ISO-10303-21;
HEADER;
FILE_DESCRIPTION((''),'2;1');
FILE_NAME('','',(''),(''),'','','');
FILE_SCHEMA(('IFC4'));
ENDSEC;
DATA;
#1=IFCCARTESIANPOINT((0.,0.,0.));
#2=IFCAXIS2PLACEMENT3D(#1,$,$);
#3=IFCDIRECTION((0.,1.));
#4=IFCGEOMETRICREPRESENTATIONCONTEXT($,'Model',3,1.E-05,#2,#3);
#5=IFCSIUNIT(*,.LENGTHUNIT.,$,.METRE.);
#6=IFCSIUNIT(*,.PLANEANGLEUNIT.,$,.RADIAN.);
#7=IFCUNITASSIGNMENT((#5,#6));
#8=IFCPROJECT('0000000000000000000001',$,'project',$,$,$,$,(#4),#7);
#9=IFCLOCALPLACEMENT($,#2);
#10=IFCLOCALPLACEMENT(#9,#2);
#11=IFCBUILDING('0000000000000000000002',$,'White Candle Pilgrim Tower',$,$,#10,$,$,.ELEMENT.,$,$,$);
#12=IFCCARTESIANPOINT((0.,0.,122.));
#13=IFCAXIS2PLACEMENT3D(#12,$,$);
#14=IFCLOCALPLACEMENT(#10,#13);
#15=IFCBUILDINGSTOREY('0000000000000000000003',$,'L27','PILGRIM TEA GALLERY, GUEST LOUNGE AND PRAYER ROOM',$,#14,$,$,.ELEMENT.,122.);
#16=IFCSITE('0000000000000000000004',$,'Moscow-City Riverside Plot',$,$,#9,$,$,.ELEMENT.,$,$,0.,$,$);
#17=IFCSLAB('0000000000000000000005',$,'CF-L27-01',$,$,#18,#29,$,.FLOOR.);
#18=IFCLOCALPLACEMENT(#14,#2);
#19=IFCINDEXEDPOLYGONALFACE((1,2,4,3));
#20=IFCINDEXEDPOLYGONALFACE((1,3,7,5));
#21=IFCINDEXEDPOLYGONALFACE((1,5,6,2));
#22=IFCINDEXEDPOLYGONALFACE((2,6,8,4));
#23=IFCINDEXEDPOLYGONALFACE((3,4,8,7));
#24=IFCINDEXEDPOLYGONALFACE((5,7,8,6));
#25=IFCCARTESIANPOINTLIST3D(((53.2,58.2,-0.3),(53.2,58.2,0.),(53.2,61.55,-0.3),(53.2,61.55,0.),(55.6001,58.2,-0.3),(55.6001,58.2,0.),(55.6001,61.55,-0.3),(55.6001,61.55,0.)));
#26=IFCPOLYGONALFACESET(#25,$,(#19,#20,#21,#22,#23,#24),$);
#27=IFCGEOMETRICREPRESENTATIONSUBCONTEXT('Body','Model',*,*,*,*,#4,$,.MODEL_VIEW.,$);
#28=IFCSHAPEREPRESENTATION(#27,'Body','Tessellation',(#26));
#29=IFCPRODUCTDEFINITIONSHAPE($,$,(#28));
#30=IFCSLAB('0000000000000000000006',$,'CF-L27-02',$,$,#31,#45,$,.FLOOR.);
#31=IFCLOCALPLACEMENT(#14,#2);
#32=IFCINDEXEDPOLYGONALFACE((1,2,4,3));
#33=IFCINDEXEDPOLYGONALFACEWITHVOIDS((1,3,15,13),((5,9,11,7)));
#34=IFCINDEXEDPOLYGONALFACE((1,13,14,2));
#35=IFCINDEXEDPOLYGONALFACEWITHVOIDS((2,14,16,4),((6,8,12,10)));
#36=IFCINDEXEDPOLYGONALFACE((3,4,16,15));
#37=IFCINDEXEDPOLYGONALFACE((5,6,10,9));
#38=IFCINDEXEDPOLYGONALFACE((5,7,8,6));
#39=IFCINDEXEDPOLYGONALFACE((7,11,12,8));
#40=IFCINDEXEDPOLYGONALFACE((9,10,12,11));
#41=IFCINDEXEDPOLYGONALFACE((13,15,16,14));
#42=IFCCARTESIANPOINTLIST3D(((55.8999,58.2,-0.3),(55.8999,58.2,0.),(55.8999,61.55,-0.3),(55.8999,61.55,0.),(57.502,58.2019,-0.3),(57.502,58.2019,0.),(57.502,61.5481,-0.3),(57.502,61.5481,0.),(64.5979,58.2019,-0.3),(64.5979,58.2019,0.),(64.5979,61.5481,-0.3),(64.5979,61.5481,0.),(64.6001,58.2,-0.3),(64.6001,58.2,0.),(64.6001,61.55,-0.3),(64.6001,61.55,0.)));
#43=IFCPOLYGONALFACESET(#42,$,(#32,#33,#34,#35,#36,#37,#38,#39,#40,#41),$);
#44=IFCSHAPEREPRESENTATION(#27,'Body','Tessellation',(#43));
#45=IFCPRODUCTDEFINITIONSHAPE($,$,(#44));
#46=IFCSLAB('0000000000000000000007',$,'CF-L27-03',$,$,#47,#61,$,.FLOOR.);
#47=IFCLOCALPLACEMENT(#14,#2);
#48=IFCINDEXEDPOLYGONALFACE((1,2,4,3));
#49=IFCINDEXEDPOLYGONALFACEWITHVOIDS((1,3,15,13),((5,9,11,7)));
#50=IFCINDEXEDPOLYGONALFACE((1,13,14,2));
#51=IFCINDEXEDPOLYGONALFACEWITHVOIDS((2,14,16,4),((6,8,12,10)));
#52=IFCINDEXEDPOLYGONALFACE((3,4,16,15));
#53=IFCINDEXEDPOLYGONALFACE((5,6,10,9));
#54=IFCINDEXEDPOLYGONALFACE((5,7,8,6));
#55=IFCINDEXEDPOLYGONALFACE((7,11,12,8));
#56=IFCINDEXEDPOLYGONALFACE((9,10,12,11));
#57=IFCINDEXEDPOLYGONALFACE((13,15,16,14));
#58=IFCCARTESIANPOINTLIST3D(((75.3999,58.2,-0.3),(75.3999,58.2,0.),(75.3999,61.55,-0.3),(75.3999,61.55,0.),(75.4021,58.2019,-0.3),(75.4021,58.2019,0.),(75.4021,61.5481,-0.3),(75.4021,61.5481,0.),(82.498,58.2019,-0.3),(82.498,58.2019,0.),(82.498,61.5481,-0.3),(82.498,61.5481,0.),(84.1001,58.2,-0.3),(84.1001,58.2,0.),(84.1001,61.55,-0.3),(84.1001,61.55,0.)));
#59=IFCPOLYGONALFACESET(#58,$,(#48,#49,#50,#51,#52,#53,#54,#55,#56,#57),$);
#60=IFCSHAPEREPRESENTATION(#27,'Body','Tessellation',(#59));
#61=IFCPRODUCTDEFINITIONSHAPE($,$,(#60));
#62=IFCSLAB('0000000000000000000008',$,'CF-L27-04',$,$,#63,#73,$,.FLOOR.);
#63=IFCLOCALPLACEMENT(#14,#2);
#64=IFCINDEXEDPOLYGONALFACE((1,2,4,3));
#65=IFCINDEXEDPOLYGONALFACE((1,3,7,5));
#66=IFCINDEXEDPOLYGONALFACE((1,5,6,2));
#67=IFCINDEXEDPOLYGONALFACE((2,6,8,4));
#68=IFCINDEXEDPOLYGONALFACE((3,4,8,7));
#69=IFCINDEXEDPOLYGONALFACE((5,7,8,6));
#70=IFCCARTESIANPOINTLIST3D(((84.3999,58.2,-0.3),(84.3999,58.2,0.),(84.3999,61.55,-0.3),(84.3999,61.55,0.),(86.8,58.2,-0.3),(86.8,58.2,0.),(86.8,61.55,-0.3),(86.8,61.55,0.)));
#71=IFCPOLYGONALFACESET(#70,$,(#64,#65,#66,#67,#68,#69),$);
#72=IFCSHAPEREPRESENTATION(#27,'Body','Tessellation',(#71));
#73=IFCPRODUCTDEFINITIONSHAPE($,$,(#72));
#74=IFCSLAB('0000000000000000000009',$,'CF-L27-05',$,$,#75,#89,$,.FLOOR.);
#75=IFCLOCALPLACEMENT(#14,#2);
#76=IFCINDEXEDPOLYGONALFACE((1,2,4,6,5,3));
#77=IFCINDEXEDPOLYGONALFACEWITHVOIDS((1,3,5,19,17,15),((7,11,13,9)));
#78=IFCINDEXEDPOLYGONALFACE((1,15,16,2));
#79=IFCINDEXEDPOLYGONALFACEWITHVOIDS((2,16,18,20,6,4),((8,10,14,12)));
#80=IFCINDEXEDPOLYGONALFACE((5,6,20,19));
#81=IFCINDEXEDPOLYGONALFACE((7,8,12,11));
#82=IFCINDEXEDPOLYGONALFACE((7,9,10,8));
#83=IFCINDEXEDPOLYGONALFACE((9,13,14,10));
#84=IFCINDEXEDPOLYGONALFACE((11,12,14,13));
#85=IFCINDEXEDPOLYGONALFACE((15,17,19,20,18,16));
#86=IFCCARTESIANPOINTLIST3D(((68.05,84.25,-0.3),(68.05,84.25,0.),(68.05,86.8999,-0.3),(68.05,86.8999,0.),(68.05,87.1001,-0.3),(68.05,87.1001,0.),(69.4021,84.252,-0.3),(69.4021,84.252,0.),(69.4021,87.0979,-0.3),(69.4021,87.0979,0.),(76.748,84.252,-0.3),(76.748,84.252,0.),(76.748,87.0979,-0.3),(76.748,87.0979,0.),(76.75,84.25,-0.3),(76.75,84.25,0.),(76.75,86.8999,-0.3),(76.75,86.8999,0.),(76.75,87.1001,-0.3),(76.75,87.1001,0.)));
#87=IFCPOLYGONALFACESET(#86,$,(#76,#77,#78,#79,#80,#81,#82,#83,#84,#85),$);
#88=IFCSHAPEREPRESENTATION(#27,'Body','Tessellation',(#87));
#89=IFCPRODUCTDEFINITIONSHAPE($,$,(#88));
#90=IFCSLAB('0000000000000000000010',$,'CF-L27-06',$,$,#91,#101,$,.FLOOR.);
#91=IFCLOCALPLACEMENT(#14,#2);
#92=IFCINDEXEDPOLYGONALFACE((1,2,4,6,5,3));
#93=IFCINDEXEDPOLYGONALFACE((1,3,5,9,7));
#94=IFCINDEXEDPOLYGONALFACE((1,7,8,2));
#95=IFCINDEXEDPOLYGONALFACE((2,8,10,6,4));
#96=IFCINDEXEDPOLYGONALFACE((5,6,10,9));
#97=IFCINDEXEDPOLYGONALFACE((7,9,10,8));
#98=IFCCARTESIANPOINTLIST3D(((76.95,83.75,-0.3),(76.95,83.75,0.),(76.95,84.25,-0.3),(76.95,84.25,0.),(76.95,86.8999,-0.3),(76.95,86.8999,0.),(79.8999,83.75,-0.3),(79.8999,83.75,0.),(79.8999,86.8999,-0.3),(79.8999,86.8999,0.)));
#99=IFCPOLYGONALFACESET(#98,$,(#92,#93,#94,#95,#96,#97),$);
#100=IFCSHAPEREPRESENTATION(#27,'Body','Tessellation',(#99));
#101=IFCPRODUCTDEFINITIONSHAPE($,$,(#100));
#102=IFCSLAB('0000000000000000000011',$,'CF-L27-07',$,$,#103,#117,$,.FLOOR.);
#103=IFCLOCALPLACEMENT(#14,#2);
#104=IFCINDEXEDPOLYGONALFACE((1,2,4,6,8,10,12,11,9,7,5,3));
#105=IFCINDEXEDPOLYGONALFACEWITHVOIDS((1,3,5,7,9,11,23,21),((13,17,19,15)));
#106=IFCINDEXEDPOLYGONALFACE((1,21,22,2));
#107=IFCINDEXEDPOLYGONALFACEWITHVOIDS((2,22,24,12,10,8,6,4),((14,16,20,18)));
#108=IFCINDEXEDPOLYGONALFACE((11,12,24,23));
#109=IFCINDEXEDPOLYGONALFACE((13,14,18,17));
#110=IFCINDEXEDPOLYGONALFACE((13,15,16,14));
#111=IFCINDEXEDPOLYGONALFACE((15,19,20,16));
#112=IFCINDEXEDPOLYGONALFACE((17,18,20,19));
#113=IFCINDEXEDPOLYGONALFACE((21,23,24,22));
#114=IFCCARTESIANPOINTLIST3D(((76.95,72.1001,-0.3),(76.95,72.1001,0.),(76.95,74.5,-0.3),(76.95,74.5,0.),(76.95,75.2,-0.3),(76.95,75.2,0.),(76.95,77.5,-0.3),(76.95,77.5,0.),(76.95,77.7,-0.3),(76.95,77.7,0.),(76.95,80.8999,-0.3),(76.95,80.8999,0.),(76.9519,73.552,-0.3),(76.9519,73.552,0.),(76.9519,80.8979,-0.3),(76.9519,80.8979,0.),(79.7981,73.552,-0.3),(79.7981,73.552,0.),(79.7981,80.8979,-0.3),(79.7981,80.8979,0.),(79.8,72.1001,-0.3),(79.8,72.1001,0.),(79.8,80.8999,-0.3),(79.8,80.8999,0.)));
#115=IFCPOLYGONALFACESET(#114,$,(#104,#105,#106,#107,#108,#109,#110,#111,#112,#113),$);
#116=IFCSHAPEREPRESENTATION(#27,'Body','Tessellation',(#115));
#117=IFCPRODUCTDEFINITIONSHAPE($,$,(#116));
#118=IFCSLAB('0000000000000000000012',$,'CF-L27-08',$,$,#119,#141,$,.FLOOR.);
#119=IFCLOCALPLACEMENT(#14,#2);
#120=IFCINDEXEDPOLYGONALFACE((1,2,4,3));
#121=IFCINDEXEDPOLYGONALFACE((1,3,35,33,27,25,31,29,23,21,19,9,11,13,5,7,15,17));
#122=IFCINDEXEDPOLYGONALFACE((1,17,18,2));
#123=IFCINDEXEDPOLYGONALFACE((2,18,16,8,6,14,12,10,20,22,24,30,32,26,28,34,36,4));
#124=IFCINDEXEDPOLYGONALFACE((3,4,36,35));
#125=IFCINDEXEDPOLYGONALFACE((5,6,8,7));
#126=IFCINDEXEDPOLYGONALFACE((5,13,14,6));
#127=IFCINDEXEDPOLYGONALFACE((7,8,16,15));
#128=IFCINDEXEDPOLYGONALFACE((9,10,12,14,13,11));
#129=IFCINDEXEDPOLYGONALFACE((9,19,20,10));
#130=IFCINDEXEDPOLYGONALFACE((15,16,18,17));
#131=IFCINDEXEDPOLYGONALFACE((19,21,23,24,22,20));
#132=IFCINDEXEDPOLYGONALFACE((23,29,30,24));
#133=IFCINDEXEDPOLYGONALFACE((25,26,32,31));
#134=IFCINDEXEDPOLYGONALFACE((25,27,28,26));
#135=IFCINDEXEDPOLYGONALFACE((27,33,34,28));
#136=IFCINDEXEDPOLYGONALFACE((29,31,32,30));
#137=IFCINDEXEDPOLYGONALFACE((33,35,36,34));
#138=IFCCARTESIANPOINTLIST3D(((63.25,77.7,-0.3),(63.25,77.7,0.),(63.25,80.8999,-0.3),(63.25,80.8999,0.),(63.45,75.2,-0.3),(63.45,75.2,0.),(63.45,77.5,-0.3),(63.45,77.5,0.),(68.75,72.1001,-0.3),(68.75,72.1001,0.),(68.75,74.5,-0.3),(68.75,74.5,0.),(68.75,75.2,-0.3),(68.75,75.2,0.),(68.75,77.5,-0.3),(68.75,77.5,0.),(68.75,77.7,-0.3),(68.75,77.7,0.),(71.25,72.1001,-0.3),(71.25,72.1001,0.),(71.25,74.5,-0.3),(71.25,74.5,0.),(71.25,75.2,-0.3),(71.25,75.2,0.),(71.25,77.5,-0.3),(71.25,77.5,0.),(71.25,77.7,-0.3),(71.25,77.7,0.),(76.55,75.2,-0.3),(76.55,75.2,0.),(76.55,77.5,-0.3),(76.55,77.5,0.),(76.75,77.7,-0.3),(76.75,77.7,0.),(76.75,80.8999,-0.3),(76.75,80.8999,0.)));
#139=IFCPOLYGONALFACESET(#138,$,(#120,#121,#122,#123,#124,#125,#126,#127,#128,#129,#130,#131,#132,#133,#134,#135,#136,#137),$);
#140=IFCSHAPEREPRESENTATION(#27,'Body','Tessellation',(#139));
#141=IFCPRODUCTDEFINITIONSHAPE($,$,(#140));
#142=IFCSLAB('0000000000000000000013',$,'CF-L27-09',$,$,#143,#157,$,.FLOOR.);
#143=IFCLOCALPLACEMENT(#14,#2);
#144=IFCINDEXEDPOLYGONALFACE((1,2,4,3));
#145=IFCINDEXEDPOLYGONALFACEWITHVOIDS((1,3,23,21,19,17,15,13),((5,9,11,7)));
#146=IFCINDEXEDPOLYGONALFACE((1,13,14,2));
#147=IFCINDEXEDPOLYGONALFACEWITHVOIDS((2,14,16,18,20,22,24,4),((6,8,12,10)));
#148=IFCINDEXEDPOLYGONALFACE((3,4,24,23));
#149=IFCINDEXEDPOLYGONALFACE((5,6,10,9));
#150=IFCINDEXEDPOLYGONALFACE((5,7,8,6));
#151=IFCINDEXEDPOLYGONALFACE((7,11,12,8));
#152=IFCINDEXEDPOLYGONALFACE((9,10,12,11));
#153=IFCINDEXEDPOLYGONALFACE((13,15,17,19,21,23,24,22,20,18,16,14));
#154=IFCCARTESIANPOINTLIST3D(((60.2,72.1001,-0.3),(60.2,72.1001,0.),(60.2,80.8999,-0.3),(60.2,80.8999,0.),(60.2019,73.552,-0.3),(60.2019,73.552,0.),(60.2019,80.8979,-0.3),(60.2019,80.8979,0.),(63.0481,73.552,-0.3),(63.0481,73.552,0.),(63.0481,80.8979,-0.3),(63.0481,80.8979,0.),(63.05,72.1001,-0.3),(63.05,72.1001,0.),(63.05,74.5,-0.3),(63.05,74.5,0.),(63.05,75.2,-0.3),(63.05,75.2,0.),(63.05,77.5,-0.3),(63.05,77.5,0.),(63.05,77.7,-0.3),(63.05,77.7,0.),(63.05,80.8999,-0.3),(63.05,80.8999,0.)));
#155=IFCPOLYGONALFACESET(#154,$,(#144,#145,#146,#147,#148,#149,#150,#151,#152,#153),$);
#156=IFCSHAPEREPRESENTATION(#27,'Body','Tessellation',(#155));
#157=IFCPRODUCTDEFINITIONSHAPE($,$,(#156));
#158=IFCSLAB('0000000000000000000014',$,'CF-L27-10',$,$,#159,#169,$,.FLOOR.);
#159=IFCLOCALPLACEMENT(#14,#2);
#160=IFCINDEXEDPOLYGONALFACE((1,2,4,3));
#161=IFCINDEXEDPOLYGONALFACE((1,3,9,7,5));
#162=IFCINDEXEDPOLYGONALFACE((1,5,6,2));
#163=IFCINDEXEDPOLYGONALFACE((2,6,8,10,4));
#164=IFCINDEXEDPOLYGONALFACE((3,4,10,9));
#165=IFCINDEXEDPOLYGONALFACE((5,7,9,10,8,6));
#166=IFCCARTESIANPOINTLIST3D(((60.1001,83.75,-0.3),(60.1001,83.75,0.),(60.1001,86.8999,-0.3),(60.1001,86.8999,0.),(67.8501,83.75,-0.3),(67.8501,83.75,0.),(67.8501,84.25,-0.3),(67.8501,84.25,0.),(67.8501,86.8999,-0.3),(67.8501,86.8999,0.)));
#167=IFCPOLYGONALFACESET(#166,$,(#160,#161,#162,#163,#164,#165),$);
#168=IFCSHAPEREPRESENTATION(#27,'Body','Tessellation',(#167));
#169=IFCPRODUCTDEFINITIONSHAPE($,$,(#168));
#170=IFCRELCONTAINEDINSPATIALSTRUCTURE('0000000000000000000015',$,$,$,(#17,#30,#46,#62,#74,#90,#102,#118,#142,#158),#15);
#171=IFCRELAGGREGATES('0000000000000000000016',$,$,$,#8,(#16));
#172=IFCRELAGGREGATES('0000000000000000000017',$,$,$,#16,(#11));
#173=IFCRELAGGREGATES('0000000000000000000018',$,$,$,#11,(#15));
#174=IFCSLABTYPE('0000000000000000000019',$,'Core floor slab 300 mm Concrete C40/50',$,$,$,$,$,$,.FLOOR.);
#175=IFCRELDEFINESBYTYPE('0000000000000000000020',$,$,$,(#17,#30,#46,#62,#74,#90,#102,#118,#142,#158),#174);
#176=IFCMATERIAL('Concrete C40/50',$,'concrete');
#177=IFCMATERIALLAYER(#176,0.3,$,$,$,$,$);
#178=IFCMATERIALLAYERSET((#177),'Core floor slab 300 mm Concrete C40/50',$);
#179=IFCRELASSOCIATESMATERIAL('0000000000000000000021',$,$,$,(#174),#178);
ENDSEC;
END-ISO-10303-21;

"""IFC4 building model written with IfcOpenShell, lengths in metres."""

from ifc_helpers import new_model, si_unit, direction, frame, origin, place, context, subcontext, project, spatial, polyline, outline, extrude, material, layer, layer_set, type_object, element, save


model = new_model("IFC4")

# Units and contexts
model_context = context("Model", 3, precision=1e-05, world=origin(), true_north=direction((0.0, 1.0)))
body_context = subcontext(model_context, "Body", "Model", "MODEL_VIEW")
ifc_project = project(units=[si_unit("LENGTHUNIT", "METRE"), si_unit("PLANEANGLEUNIT", "RADIAN")], contexts=[model_context])

# Site, building, storey
site_placement = place(None, origin())
site = spatial("IfcSite", under=ifc_project, at=site_placement, Name="Moscow-City Riverside Plot", CompositionType="ELEMENT", RefElevation=0.0)
building_placement = place(site_placement, origin())
building = spatial("IfcBuilding", under=site, at=building_placement, Name="White Candle Pilgrim Tower", CompositionType="ELEMENT")
storey_placement = place(building_placement, frame((0.0, 0.0, 122.0)))
storey = spatial("IfcBuildingStorey", under=building, at=storey_placement, Name="L27", Description="PILGRIM TEA GALLERY, GUEST LOUNGE AND PRAYER ROOM", CompositionType="ELEMENT", Elevation=122.0)

# Slabs
ifc_material = material(Name="Concrete C40/50", Category="concrete")
ifc_layer_1 = layer(ifc_material, 0.3)
ifc_layer_set_1 = layer_set([ifc_layer_1], Name="Core floor slab 300 mm Concrete C40/50")
slab_type_1 = type_object("IfcSlabType", Name="Core floor slab 300 mm Concrete C40/50", PredefinedType="FLOOR", material=ifc_layer_set_1)
slab_1_placement = place(storey_placement, frame((0.0, 0.0, -0.3)))
element("IfcSlab", 1, at=slab_1_placement, inside=storey, type_object=slab_type_1, Name="CF-L27-01", PredefinedType="FLOOR", context=body_context, shape_type="SweptSolid", body=[
    extrude(outline(polyline([(55.6001, 58.2), (53.2, 58.2), (53.2, 61.55), (55.6001, 61.55), (55.6001, 58.2)])), origin(), (0.0, 0.0, 1.0), 0.3),
])
slab_2_placement = place(storey_placement, frame((0.0, 0.0, -0.3)))
element("IfcSlab", 2, at=slab_2_placement, inside=storey, type_object=slab_type_1, Name="CF-L27-02", PredefinedType="FLOOR", context=body_context, shape_type="SweptSolid", body=[
    extrude(outline(polyline([(55.8999, 58.2), (55.8999, 61.55), (64.6001, 61.55), (64.6001, 58.2), (55.8999, 58.2)]), holes=[polyline([(57.502, 61.5481), (57.502, 58.2019), (64.5979, 58.2019), (64.5979, 61.5481), (57.502, 61.5481)])]), origin(), (0.0, 0.0, 1.0), 0.3),
])
slab_3_placement = place(storey_placement, frame((0.0, 0.0, -0.3)))
element("IfcSlab", 3, at=slab_3_placement, inside=storey, type_object=slab_type_1, Name="CF-L27-03", PredefinedType="FLOOR", context=body_context, shape_type="SweptSolid", body=[
    extrude(outline(polyline([(75.3999, 58.2), (75.3999, 61.55), (84.1001, 61.55), (84.1001, 58.2), (75.3999, 58.2)]), holes=[polyline([(82.498, 58.2019), (82.498, 61.5481), (75.4021, 61.5481), (75.4021, 58.2019), (82.498, 58.2019)])]), origin(), (0.0, 0.0, 1.0), 0.3),
])
slab_4_placement = place(storey_placement, frame((0.0, 0.0, -0.3)))
element("IfcSlab", 4, at=slab_4_placement, inside=storey, type_object=slab_type_1, Name="CF-L27-04", PredefinedType="FLOOR", context=body_context, shape_type="SweptSolid", body=[
    extrude(outline(polyline([(86.8, 58.2), (84.3999, 58.2), (84.3999, 61.55), (86.8, 61.55), (86.8, 58.2)])), origin(), (0.0, 0.0, 1.0), 0.3),
])
slab_5_placement = place(storey_placement, frame((0.0, 0.0, -0.3)))
element("IfcSlab", 5, at=slab_5_placement, inside=storey, type_object=slab_type_1, Name="CF-L27-05", PredefinedType="FLOOR", context=body_context, shape_type="SweptSolid", body=[
    extrude(outline(polyline([(76.75, 87.1001), (76.75, 86.8999), (76.75, 84.25), (68.05, 84.25), (68.05, 86.8999), (68.05, 87.1001), (76.75, 87.1001)]), holes=[polyline([(69.4021, 87.0979), (69.4021, 84.252), (76.748, 84.252), (76.748, 87.0979), (69.4021, 87.0979)])]), origin(), (0.0, 0.0, 1.0), 0.3),
])
slab_6_placement = place(storey_placement, frame((0.0, 0.0, -0.3)))
element("IfcSlab", 6, at=slab_6_placement, inside=storey, type_object=slab_type_1, Name="CF-L27-06", PredefinedType="FLOOR", context=body_context, shape_type="SweptSolid", body=[
    extrude(outline(polyline([(79.8999, 86.8999), (79.8999, 83.75), (76.95, 83.75), (76.95, 84.25), (76.95, 86.8999), (79.8999, 86.8999)])), origin(), (0.0, 0.0, 1.0), 0.3),
])
slab_7_placement = place(storey_placement, frame((0.0, 0.0, -0.3)))
element("IfcSlab", 7, at=slab_7_placement, inside=storey, type_object=slab_type_1, Name="CF-L27-07", PredefinedType="FLOOR", context=body_context, shape_type="SweptSolid", body=[
    extrude(outline(polyline([(76.95, 72.1001), (76.95, 74.5), (76.95, 75.2), (76.95, 77.5), (76.95, 77.7), (76.95, 80.8999), (79.8, 80.8999), (79.8, 72.1001), (76.95, 72.1001)]), holes=[polyline([(76.9519, 73.552), (79.7981, 73.552), (79.7981, 80.8979), (76.9519, 80.8979), (76.9519, 73.552)])]), origin(), (0.0, 0.0, 1.0), 0.3),
])
slab_8_placement = place(storey_placement, frame((0.0, 0.0, -0.3)))
element("IfcSlab", 8, at=slab_8_placement, inside=storey, type_object=slab_type_1, Name="CF-L27-08", PredefinedType="FLOOR", context=body_context, shape_type="SweptSolid", body=[
    extrude(outline(polyline([(68.75, 72.1001), (68.75, 74.5), (68.75, 75.2), (63.45, 75.2), (63.45, 77.5), (68.75, 77.5), (68.75, 77.7), (63.25, 77.7), (63.25, 80.8999), (76.75, 80.8999), (76.75, 77.7), (71.25, 77.7), (71.25, 77.5), (76.55, 77.5), (76.55, 75.2), (71.25, 75.2), (71.25, 74.5), (71.25, 72.1001), (68.75, 72.1001)])), origin(), (0.0, 0.0, 1.0), 0.3),
])
slab_9_placement = place(storey_placement, frame((0.0, 0.0, -0.3)))
element("IfcSlab", 9, at=slab_9_placement, inside=storey, type_object=slab_type_1, Name="CF-L27-09", PredefinedType="FLOOR", context=body_context, shape_type="SweptSolid", body=[
    extrude(outline(polyline([(60.2, 72.1001), (60.2, 80.8999), (63.05, 80.8999), (63.05, 77.7), (63.05, 77.5), (63.05, 75.2), (63.05, 74.5), (63.05, 72.1001), (60.2, 72.1001)]), holes=[polyline([(60.2019, 73.552), (63.0481, 73.552), (63.0481, 80.8979), (60.2019, 80.8979), (60.2019, 73.552)])]), origin(), (0.0, 0.0, 1.0), 0.3),
])
slab_10_placement = place(storey_placement, frame((0.0, 0.0, -0.3)))
element("IfcSlab", 10, at=slab_10_placement, inside=storey, type_object=slab_type_1, Name="CF-L27-10", PredefinedType="FLOOR", context=body_context, shape_type="SweptSolid", body=[
    extrude(outline(polyline([(60.1001, 86.8999), (67.8501, 86.8999), (67.8501, 84.25), (67.8501, 83.75), (60.1001, 83.75), (60.1001, 86.8999)])), origin(), (0.0, 0.0, 1.0), 0.3),
])

save(model, "model.ifc")
